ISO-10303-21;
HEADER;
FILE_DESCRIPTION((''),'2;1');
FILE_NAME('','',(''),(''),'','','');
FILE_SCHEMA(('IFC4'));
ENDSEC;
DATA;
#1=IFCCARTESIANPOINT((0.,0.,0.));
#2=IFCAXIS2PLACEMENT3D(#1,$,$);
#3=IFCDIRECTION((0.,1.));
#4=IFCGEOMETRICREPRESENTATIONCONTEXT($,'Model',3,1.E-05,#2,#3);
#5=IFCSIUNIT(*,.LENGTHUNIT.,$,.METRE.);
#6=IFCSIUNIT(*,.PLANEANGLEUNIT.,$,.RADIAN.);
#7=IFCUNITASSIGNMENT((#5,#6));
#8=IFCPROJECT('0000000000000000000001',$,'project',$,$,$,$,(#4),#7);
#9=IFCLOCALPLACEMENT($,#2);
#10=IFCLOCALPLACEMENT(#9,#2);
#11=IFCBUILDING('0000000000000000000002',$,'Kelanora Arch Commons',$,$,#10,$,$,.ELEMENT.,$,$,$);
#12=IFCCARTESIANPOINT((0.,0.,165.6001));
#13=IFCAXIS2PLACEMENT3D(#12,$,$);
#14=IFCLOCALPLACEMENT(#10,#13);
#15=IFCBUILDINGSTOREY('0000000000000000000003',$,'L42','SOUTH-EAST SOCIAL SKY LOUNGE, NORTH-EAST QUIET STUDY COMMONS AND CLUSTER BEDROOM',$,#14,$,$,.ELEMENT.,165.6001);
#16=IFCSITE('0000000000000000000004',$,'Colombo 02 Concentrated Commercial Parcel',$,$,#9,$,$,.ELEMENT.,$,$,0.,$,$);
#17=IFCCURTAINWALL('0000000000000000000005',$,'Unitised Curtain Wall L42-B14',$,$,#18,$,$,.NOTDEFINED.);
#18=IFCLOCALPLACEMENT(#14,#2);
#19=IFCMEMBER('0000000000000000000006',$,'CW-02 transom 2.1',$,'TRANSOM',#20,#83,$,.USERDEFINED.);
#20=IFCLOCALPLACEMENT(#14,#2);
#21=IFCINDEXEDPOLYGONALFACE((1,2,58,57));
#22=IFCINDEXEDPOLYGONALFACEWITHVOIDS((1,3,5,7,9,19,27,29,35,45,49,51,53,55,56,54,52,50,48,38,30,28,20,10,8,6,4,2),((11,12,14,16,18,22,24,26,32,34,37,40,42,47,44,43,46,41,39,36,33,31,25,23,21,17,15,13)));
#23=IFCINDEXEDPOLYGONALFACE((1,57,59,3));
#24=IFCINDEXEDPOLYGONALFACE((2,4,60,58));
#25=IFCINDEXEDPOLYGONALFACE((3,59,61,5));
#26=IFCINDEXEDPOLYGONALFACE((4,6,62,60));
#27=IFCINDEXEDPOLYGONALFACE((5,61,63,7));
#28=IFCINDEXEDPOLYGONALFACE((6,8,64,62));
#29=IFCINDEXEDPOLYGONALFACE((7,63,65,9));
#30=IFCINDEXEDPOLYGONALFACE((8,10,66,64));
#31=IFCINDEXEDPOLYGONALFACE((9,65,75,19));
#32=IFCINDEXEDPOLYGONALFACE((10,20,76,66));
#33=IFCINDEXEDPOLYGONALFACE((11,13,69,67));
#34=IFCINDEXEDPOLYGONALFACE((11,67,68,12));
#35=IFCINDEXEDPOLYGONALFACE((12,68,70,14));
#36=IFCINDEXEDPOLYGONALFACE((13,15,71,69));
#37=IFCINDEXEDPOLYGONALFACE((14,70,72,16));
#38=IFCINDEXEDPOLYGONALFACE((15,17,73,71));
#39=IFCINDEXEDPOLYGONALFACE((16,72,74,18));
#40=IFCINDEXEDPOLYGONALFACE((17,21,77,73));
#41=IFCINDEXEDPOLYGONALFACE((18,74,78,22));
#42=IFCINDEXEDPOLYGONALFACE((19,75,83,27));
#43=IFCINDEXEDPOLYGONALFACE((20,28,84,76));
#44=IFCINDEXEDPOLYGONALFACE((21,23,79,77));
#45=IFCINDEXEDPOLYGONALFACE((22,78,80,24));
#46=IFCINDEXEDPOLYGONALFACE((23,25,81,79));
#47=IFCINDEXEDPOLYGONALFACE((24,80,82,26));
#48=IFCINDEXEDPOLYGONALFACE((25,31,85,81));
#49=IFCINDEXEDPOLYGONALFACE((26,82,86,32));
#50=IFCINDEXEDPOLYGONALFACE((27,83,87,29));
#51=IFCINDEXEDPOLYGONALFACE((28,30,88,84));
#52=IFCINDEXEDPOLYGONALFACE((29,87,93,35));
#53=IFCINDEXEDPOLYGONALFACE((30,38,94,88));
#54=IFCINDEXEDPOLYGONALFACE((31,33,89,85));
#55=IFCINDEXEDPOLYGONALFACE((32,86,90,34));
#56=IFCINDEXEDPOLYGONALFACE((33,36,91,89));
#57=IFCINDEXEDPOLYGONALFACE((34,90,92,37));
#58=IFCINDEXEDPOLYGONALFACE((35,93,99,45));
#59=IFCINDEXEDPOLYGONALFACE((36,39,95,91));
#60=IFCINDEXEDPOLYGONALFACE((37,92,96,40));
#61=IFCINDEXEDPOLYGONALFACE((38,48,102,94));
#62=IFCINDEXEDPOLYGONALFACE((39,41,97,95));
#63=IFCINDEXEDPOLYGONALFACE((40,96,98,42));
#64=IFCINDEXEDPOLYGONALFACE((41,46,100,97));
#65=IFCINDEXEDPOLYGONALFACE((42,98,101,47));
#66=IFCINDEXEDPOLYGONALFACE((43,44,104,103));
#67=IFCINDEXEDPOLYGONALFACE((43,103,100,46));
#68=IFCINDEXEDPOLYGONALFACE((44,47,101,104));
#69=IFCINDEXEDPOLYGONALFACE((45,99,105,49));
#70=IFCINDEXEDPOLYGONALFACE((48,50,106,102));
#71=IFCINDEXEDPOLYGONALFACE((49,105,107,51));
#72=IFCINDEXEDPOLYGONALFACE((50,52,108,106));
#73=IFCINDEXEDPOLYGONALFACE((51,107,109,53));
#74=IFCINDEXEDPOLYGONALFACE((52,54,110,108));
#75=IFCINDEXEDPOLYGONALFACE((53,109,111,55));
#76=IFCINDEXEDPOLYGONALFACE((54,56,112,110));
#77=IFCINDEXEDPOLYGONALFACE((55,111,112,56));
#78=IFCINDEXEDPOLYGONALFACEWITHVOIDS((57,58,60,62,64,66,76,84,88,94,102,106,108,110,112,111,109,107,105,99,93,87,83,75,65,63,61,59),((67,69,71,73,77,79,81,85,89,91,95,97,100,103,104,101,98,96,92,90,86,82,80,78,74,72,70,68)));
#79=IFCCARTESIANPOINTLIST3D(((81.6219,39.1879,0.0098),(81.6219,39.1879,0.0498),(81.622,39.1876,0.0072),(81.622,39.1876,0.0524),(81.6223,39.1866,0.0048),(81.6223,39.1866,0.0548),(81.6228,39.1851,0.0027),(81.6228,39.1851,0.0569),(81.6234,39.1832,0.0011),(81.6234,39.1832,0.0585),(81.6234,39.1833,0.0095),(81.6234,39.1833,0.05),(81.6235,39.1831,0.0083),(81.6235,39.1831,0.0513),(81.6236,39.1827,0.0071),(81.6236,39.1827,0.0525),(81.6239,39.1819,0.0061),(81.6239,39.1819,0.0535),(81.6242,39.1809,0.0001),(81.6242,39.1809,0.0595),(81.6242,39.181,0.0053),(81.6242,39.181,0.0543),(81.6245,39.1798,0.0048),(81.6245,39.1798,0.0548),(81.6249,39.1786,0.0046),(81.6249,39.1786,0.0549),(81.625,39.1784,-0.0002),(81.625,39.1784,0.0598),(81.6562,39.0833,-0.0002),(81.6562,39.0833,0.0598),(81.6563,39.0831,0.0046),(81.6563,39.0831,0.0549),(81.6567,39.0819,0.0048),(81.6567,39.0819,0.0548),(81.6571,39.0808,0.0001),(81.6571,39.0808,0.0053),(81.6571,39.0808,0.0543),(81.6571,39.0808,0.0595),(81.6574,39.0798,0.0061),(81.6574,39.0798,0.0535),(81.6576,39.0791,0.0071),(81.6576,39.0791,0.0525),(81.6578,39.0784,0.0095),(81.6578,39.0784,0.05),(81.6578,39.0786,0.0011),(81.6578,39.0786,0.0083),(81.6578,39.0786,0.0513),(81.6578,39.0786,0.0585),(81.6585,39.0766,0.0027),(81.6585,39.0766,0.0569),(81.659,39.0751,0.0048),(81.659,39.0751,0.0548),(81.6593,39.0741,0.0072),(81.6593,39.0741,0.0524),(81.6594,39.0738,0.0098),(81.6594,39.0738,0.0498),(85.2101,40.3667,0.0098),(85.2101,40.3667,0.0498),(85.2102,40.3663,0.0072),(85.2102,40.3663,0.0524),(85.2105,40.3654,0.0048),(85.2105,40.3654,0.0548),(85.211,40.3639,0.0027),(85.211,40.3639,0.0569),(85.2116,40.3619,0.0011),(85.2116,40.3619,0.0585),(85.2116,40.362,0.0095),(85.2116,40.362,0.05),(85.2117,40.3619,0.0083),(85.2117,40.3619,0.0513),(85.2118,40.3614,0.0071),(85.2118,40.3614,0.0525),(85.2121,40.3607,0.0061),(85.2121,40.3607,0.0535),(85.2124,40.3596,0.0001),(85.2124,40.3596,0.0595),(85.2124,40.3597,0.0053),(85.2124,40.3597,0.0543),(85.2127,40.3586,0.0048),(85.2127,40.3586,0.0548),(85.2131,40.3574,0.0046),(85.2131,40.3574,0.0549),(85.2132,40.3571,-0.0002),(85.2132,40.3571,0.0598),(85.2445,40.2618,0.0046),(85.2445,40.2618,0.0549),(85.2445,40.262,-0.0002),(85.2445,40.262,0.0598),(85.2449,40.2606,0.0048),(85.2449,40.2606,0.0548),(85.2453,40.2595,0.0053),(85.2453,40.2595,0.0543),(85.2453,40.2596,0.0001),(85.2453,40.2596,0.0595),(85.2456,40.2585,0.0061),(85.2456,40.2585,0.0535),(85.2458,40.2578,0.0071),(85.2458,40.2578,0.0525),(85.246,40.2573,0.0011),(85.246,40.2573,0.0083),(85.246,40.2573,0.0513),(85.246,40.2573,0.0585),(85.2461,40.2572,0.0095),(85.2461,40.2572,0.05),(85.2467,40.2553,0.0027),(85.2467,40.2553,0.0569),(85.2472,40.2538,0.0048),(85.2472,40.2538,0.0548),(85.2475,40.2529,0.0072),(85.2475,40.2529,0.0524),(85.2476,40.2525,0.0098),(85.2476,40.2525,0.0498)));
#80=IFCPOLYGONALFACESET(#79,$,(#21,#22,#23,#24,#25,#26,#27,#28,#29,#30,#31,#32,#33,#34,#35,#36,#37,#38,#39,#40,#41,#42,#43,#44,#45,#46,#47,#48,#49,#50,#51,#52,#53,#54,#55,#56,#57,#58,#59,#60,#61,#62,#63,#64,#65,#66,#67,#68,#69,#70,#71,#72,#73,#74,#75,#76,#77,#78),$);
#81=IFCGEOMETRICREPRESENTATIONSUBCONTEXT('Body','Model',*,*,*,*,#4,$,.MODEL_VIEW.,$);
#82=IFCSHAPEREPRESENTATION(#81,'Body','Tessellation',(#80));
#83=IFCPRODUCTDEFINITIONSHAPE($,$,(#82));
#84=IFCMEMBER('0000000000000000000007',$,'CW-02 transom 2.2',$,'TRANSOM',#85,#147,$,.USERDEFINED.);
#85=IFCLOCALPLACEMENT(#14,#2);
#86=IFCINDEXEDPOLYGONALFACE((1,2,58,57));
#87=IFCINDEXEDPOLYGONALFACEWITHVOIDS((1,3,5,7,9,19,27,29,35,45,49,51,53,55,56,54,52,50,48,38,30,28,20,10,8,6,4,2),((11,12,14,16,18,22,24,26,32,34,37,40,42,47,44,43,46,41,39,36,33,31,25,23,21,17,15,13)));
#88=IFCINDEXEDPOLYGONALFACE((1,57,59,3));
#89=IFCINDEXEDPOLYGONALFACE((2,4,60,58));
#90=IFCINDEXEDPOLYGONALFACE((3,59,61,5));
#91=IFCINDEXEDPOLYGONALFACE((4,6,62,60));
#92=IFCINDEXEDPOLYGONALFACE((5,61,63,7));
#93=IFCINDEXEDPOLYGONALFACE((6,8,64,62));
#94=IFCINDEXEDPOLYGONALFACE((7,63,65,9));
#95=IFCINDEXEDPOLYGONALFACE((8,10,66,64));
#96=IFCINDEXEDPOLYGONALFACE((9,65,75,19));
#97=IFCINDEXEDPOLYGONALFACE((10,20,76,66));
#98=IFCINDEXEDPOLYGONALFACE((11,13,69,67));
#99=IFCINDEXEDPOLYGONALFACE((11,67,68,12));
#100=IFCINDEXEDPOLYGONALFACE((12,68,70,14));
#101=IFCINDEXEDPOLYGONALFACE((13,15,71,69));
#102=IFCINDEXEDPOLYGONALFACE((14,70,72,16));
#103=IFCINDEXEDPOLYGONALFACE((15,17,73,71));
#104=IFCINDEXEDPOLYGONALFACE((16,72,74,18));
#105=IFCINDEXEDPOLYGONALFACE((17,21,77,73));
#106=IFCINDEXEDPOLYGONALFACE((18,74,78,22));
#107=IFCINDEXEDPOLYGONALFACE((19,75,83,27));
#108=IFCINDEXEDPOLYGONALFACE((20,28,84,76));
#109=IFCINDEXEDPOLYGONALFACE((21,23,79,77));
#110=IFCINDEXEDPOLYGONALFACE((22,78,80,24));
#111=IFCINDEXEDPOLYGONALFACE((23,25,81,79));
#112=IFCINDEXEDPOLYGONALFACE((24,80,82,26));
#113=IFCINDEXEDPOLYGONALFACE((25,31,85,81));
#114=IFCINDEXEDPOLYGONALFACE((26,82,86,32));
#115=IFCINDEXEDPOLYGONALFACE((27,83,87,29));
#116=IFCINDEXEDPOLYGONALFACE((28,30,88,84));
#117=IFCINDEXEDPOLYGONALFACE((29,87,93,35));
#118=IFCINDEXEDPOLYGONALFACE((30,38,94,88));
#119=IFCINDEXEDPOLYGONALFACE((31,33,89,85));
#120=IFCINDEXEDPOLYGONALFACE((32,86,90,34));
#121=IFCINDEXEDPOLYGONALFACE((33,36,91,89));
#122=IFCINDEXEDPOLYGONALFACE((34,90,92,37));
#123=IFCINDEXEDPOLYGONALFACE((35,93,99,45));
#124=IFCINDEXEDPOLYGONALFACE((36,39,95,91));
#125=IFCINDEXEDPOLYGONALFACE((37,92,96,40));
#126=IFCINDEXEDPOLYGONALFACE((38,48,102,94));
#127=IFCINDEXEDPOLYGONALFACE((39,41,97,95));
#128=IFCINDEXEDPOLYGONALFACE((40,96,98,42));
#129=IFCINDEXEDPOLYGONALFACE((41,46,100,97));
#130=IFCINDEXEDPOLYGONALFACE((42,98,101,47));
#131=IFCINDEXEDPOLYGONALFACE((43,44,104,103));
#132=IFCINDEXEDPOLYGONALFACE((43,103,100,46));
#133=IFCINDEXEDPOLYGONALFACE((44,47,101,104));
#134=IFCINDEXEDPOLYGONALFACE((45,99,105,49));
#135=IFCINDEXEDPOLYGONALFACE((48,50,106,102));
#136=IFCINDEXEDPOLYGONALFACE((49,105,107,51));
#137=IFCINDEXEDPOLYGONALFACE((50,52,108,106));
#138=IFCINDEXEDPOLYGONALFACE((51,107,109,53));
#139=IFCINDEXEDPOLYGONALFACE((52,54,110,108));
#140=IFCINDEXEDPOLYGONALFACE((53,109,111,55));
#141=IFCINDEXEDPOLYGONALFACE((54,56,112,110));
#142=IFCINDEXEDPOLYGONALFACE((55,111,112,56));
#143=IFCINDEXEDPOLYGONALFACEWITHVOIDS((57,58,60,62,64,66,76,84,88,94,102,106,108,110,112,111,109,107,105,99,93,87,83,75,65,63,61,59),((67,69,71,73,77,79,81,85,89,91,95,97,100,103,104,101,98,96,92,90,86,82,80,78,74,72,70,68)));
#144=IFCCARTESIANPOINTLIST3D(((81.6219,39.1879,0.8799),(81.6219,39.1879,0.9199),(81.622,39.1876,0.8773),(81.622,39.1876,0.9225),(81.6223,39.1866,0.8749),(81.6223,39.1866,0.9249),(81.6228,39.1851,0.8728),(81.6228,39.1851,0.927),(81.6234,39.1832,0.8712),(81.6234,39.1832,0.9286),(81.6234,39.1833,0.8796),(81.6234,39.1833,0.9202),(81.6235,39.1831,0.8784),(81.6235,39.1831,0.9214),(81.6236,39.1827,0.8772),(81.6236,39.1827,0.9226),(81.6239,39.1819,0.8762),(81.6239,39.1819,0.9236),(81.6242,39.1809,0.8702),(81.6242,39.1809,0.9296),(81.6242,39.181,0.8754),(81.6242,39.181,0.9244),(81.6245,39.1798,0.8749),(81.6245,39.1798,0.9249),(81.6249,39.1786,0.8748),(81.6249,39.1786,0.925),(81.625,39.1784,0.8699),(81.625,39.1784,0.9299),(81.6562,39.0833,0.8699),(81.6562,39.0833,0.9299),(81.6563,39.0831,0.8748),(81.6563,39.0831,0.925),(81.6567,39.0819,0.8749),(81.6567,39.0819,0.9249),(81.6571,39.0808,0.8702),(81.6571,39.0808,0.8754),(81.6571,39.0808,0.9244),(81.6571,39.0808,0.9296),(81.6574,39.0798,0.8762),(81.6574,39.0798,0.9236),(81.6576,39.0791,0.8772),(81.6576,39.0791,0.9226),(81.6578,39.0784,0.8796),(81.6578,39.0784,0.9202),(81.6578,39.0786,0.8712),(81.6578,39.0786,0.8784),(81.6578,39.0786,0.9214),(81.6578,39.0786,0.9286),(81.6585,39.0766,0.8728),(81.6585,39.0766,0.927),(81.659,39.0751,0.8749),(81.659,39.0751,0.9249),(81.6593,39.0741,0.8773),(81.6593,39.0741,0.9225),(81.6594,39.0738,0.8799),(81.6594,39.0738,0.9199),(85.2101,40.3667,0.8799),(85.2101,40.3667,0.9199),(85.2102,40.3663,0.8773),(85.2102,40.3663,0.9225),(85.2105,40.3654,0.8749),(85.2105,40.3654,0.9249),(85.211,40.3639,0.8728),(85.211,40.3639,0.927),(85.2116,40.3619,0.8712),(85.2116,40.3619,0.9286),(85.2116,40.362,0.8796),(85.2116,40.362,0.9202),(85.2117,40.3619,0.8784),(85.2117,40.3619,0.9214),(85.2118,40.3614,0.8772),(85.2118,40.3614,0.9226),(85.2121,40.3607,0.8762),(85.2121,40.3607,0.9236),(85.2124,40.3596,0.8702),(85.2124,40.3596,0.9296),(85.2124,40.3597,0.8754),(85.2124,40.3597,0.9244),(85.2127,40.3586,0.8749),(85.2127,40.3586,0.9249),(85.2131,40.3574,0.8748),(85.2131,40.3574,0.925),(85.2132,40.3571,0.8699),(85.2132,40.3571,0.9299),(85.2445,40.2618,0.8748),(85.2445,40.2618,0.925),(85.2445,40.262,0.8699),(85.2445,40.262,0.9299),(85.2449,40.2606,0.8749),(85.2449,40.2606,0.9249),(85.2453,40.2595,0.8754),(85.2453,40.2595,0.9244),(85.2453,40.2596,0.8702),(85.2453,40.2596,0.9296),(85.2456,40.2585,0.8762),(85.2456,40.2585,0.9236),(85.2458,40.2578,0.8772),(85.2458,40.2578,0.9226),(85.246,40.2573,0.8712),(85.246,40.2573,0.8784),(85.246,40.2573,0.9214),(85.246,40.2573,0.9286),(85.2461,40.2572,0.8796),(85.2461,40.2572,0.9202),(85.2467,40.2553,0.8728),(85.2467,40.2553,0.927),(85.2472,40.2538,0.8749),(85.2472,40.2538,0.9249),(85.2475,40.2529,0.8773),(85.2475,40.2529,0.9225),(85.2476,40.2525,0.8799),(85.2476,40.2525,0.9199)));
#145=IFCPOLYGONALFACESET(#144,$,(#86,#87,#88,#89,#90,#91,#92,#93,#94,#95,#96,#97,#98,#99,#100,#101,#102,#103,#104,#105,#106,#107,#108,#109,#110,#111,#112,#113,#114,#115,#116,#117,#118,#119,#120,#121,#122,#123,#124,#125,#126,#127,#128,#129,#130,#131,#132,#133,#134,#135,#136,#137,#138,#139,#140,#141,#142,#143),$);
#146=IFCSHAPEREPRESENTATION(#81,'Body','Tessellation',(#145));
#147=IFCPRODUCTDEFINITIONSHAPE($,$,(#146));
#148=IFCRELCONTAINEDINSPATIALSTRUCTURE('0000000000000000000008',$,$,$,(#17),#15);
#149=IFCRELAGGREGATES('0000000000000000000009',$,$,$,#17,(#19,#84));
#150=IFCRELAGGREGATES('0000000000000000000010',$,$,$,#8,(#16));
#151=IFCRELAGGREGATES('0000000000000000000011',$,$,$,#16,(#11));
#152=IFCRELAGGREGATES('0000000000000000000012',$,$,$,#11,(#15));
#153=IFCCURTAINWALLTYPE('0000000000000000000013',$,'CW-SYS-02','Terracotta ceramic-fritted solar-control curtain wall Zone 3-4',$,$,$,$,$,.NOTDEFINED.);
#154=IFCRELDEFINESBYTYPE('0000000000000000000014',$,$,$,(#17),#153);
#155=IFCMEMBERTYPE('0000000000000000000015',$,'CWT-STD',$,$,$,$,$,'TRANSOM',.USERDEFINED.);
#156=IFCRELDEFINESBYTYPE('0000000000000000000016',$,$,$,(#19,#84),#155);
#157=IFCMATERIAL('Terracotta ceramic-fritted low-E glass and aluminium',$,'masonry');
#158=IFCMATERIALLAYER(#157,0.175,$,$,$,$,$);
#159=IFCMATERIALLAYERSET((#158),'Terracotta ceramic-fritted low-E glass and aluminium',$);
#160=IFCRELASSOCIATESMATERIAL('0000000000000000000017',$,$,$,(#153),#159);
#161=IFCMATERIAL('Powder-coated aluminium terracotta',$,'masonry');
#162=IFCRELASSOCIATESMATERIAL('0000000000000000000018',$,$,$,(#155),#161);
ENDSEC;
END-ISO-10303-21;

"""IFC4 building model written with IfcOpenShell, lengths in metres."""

from ifc_helpers import new_model, si_unit, direction, frame, origin, origin_2d, place, context, subcontext, project, spatial, hollow_rectangle, extrude, material, layer, layer_set, material_profile, profile_set, type_object, element, aggregate, save


model = new_model("IFC4")

# Units and contexts
model_context = context("Model", 3, precision=1e-05, world=origin(), true_north=direction((0.0, 1.0)))
body_context = subcontext(model_context, "Body", "Model", "MODEL_VIEW")
ifc_project = project(units=[si_unit("LENGTHUNIT", "METRE"), si_unit("PLANEANGLEUNIT", "RADIAN")], contexts=[model_context])

# Site, building, storey
site_placement = place(None, origin())
site = spatial("IfcSite", under=ifc_project, at=site_placement, Name="Colombo 02 Concentrated Commercial Parcel", CompositionType="ELEMENT", RefElevation=0.0)
building_placement = place(site_placement, origin())
building = spatial("IfcBuilding", under=site, at=building_placement, Name="Kelanora Arch Commons", CompositionType="ELEMENT")
storey_placement = place(building_placement, frame((0.0, 0.0, 165.6001)))
storey = spatial("IfcBuildingStorey", under=building, at=storey_placement, Name="L42", Description="SOUTH-EAST SOCIAL SKY LOUNGE, NORTH-EAST QUIET STUDY COMMONS AND CLUSTER BEDROOM", CompositionType="ELEMENT", Elevation=165.6001)

# Curtain wall, members
ifc_material_1 = material(Name="Terracotta ceramic-fritted low-E glass and aluminium", Category="masonry")
ifc_layer_1 = layer(ifc_material_1, 0.175)
ifc_layer_set_1 = layer_set([ifc_layer_1], Name="Terracotta ceramic-fritted low-E glass and aluminium")
curtain_wall_type = type_object("IfcCurtainWallType", Name="CW-SYS-02", Description="Terracotta ceramic-fritted solar-control curtain wall Zone 3-4", PredefinedType="NOTDEFINED", material=ifc_layer_set_1)
curtain_wall_placement = place(storey_placement, origin())
curtain_wall = element("IfcCurtainWall", 1, at=curtain_wall_placement, inside=storey, type_object=curtain_wall_type, Name="Unitised Curtain Wall L42-B14", PredefinedType="NOTDEFINED")
ifc_material_2 = material(Name="Powder-coated aluminium terracotta", Category="masonry")
ifc_material_profile_1 = material_profile(ifc_material_2, hollow_rectangle(XDim=0.1201, YDim=0.0601, WallThickness=0.0049, InnerFilletRadius=0.0049, OuterFilletRadius=0.01, at=origin_2d()), Name="CWT120x60")
ifc_profile_set_1 = profile_set([ifc_material_profile_1], Name="Powder-coated aluminium terracotta")
member_type_1 = type_object("IfcMemberType", Name="CWT-STD", ElementType="TRANSOM", PredefinedType="USERDEFINED", material=ifc_profile_set_1)
member_1_placement = place(storey_placement, frame((81.6406, 39.1309, 0.0298), z_axis=(0.950051, 0.312094, 0.0), x_axis=(-0.312094, 0.950051, 0.0)))
member_1 = element("IfcMember", 2, at=member_1_placement, type_object=member_type_1, Name="CW-02 transom 2.1", ObjectType="TRANSOM", PredefinedType="USERDEFINED", context=body_context, shape_type="SweptSolid", body=[
    extrude(hollow_rectangle(XDim=0.1201, YDim=0.0601, WallThickness=0.0049, InnerFilletRadius=0.0049, OuterFilletRadius=0.01, at=origin_2d()), origin(), (0.0, 0.0, 1.0), 3.7769),
])
member_2_placement = place(storey_placement, frame((81.6406, 39.1309, 0.8999), z_axis=(0.950051, 0.312094, 0.0), x_axis=(-0.312094, 0.950051, 0.0)))
member_2 = element("IfcMember", 3, at=member_2_placement, type_object=member_type_1, Name="CW-02 transom 2.2", ObjectType="TRANSOM", PredefinedType="USERDEFINED", context=body_context, shape_type="SweptSolid", body=[
    extrude(hollow_rectangle(XDim=0.1201, YDim=0.0601, WallThickness=0.0049, InnerFilletRadius=0.0049, OuterFilletRadius=0.01, at=origin_2d()), origin(), (0.0, 0.0, 1.0), 3.7769),
])
aggregate(curtain_wall, [member_1, member_2])

save(model, "model.ifc")
